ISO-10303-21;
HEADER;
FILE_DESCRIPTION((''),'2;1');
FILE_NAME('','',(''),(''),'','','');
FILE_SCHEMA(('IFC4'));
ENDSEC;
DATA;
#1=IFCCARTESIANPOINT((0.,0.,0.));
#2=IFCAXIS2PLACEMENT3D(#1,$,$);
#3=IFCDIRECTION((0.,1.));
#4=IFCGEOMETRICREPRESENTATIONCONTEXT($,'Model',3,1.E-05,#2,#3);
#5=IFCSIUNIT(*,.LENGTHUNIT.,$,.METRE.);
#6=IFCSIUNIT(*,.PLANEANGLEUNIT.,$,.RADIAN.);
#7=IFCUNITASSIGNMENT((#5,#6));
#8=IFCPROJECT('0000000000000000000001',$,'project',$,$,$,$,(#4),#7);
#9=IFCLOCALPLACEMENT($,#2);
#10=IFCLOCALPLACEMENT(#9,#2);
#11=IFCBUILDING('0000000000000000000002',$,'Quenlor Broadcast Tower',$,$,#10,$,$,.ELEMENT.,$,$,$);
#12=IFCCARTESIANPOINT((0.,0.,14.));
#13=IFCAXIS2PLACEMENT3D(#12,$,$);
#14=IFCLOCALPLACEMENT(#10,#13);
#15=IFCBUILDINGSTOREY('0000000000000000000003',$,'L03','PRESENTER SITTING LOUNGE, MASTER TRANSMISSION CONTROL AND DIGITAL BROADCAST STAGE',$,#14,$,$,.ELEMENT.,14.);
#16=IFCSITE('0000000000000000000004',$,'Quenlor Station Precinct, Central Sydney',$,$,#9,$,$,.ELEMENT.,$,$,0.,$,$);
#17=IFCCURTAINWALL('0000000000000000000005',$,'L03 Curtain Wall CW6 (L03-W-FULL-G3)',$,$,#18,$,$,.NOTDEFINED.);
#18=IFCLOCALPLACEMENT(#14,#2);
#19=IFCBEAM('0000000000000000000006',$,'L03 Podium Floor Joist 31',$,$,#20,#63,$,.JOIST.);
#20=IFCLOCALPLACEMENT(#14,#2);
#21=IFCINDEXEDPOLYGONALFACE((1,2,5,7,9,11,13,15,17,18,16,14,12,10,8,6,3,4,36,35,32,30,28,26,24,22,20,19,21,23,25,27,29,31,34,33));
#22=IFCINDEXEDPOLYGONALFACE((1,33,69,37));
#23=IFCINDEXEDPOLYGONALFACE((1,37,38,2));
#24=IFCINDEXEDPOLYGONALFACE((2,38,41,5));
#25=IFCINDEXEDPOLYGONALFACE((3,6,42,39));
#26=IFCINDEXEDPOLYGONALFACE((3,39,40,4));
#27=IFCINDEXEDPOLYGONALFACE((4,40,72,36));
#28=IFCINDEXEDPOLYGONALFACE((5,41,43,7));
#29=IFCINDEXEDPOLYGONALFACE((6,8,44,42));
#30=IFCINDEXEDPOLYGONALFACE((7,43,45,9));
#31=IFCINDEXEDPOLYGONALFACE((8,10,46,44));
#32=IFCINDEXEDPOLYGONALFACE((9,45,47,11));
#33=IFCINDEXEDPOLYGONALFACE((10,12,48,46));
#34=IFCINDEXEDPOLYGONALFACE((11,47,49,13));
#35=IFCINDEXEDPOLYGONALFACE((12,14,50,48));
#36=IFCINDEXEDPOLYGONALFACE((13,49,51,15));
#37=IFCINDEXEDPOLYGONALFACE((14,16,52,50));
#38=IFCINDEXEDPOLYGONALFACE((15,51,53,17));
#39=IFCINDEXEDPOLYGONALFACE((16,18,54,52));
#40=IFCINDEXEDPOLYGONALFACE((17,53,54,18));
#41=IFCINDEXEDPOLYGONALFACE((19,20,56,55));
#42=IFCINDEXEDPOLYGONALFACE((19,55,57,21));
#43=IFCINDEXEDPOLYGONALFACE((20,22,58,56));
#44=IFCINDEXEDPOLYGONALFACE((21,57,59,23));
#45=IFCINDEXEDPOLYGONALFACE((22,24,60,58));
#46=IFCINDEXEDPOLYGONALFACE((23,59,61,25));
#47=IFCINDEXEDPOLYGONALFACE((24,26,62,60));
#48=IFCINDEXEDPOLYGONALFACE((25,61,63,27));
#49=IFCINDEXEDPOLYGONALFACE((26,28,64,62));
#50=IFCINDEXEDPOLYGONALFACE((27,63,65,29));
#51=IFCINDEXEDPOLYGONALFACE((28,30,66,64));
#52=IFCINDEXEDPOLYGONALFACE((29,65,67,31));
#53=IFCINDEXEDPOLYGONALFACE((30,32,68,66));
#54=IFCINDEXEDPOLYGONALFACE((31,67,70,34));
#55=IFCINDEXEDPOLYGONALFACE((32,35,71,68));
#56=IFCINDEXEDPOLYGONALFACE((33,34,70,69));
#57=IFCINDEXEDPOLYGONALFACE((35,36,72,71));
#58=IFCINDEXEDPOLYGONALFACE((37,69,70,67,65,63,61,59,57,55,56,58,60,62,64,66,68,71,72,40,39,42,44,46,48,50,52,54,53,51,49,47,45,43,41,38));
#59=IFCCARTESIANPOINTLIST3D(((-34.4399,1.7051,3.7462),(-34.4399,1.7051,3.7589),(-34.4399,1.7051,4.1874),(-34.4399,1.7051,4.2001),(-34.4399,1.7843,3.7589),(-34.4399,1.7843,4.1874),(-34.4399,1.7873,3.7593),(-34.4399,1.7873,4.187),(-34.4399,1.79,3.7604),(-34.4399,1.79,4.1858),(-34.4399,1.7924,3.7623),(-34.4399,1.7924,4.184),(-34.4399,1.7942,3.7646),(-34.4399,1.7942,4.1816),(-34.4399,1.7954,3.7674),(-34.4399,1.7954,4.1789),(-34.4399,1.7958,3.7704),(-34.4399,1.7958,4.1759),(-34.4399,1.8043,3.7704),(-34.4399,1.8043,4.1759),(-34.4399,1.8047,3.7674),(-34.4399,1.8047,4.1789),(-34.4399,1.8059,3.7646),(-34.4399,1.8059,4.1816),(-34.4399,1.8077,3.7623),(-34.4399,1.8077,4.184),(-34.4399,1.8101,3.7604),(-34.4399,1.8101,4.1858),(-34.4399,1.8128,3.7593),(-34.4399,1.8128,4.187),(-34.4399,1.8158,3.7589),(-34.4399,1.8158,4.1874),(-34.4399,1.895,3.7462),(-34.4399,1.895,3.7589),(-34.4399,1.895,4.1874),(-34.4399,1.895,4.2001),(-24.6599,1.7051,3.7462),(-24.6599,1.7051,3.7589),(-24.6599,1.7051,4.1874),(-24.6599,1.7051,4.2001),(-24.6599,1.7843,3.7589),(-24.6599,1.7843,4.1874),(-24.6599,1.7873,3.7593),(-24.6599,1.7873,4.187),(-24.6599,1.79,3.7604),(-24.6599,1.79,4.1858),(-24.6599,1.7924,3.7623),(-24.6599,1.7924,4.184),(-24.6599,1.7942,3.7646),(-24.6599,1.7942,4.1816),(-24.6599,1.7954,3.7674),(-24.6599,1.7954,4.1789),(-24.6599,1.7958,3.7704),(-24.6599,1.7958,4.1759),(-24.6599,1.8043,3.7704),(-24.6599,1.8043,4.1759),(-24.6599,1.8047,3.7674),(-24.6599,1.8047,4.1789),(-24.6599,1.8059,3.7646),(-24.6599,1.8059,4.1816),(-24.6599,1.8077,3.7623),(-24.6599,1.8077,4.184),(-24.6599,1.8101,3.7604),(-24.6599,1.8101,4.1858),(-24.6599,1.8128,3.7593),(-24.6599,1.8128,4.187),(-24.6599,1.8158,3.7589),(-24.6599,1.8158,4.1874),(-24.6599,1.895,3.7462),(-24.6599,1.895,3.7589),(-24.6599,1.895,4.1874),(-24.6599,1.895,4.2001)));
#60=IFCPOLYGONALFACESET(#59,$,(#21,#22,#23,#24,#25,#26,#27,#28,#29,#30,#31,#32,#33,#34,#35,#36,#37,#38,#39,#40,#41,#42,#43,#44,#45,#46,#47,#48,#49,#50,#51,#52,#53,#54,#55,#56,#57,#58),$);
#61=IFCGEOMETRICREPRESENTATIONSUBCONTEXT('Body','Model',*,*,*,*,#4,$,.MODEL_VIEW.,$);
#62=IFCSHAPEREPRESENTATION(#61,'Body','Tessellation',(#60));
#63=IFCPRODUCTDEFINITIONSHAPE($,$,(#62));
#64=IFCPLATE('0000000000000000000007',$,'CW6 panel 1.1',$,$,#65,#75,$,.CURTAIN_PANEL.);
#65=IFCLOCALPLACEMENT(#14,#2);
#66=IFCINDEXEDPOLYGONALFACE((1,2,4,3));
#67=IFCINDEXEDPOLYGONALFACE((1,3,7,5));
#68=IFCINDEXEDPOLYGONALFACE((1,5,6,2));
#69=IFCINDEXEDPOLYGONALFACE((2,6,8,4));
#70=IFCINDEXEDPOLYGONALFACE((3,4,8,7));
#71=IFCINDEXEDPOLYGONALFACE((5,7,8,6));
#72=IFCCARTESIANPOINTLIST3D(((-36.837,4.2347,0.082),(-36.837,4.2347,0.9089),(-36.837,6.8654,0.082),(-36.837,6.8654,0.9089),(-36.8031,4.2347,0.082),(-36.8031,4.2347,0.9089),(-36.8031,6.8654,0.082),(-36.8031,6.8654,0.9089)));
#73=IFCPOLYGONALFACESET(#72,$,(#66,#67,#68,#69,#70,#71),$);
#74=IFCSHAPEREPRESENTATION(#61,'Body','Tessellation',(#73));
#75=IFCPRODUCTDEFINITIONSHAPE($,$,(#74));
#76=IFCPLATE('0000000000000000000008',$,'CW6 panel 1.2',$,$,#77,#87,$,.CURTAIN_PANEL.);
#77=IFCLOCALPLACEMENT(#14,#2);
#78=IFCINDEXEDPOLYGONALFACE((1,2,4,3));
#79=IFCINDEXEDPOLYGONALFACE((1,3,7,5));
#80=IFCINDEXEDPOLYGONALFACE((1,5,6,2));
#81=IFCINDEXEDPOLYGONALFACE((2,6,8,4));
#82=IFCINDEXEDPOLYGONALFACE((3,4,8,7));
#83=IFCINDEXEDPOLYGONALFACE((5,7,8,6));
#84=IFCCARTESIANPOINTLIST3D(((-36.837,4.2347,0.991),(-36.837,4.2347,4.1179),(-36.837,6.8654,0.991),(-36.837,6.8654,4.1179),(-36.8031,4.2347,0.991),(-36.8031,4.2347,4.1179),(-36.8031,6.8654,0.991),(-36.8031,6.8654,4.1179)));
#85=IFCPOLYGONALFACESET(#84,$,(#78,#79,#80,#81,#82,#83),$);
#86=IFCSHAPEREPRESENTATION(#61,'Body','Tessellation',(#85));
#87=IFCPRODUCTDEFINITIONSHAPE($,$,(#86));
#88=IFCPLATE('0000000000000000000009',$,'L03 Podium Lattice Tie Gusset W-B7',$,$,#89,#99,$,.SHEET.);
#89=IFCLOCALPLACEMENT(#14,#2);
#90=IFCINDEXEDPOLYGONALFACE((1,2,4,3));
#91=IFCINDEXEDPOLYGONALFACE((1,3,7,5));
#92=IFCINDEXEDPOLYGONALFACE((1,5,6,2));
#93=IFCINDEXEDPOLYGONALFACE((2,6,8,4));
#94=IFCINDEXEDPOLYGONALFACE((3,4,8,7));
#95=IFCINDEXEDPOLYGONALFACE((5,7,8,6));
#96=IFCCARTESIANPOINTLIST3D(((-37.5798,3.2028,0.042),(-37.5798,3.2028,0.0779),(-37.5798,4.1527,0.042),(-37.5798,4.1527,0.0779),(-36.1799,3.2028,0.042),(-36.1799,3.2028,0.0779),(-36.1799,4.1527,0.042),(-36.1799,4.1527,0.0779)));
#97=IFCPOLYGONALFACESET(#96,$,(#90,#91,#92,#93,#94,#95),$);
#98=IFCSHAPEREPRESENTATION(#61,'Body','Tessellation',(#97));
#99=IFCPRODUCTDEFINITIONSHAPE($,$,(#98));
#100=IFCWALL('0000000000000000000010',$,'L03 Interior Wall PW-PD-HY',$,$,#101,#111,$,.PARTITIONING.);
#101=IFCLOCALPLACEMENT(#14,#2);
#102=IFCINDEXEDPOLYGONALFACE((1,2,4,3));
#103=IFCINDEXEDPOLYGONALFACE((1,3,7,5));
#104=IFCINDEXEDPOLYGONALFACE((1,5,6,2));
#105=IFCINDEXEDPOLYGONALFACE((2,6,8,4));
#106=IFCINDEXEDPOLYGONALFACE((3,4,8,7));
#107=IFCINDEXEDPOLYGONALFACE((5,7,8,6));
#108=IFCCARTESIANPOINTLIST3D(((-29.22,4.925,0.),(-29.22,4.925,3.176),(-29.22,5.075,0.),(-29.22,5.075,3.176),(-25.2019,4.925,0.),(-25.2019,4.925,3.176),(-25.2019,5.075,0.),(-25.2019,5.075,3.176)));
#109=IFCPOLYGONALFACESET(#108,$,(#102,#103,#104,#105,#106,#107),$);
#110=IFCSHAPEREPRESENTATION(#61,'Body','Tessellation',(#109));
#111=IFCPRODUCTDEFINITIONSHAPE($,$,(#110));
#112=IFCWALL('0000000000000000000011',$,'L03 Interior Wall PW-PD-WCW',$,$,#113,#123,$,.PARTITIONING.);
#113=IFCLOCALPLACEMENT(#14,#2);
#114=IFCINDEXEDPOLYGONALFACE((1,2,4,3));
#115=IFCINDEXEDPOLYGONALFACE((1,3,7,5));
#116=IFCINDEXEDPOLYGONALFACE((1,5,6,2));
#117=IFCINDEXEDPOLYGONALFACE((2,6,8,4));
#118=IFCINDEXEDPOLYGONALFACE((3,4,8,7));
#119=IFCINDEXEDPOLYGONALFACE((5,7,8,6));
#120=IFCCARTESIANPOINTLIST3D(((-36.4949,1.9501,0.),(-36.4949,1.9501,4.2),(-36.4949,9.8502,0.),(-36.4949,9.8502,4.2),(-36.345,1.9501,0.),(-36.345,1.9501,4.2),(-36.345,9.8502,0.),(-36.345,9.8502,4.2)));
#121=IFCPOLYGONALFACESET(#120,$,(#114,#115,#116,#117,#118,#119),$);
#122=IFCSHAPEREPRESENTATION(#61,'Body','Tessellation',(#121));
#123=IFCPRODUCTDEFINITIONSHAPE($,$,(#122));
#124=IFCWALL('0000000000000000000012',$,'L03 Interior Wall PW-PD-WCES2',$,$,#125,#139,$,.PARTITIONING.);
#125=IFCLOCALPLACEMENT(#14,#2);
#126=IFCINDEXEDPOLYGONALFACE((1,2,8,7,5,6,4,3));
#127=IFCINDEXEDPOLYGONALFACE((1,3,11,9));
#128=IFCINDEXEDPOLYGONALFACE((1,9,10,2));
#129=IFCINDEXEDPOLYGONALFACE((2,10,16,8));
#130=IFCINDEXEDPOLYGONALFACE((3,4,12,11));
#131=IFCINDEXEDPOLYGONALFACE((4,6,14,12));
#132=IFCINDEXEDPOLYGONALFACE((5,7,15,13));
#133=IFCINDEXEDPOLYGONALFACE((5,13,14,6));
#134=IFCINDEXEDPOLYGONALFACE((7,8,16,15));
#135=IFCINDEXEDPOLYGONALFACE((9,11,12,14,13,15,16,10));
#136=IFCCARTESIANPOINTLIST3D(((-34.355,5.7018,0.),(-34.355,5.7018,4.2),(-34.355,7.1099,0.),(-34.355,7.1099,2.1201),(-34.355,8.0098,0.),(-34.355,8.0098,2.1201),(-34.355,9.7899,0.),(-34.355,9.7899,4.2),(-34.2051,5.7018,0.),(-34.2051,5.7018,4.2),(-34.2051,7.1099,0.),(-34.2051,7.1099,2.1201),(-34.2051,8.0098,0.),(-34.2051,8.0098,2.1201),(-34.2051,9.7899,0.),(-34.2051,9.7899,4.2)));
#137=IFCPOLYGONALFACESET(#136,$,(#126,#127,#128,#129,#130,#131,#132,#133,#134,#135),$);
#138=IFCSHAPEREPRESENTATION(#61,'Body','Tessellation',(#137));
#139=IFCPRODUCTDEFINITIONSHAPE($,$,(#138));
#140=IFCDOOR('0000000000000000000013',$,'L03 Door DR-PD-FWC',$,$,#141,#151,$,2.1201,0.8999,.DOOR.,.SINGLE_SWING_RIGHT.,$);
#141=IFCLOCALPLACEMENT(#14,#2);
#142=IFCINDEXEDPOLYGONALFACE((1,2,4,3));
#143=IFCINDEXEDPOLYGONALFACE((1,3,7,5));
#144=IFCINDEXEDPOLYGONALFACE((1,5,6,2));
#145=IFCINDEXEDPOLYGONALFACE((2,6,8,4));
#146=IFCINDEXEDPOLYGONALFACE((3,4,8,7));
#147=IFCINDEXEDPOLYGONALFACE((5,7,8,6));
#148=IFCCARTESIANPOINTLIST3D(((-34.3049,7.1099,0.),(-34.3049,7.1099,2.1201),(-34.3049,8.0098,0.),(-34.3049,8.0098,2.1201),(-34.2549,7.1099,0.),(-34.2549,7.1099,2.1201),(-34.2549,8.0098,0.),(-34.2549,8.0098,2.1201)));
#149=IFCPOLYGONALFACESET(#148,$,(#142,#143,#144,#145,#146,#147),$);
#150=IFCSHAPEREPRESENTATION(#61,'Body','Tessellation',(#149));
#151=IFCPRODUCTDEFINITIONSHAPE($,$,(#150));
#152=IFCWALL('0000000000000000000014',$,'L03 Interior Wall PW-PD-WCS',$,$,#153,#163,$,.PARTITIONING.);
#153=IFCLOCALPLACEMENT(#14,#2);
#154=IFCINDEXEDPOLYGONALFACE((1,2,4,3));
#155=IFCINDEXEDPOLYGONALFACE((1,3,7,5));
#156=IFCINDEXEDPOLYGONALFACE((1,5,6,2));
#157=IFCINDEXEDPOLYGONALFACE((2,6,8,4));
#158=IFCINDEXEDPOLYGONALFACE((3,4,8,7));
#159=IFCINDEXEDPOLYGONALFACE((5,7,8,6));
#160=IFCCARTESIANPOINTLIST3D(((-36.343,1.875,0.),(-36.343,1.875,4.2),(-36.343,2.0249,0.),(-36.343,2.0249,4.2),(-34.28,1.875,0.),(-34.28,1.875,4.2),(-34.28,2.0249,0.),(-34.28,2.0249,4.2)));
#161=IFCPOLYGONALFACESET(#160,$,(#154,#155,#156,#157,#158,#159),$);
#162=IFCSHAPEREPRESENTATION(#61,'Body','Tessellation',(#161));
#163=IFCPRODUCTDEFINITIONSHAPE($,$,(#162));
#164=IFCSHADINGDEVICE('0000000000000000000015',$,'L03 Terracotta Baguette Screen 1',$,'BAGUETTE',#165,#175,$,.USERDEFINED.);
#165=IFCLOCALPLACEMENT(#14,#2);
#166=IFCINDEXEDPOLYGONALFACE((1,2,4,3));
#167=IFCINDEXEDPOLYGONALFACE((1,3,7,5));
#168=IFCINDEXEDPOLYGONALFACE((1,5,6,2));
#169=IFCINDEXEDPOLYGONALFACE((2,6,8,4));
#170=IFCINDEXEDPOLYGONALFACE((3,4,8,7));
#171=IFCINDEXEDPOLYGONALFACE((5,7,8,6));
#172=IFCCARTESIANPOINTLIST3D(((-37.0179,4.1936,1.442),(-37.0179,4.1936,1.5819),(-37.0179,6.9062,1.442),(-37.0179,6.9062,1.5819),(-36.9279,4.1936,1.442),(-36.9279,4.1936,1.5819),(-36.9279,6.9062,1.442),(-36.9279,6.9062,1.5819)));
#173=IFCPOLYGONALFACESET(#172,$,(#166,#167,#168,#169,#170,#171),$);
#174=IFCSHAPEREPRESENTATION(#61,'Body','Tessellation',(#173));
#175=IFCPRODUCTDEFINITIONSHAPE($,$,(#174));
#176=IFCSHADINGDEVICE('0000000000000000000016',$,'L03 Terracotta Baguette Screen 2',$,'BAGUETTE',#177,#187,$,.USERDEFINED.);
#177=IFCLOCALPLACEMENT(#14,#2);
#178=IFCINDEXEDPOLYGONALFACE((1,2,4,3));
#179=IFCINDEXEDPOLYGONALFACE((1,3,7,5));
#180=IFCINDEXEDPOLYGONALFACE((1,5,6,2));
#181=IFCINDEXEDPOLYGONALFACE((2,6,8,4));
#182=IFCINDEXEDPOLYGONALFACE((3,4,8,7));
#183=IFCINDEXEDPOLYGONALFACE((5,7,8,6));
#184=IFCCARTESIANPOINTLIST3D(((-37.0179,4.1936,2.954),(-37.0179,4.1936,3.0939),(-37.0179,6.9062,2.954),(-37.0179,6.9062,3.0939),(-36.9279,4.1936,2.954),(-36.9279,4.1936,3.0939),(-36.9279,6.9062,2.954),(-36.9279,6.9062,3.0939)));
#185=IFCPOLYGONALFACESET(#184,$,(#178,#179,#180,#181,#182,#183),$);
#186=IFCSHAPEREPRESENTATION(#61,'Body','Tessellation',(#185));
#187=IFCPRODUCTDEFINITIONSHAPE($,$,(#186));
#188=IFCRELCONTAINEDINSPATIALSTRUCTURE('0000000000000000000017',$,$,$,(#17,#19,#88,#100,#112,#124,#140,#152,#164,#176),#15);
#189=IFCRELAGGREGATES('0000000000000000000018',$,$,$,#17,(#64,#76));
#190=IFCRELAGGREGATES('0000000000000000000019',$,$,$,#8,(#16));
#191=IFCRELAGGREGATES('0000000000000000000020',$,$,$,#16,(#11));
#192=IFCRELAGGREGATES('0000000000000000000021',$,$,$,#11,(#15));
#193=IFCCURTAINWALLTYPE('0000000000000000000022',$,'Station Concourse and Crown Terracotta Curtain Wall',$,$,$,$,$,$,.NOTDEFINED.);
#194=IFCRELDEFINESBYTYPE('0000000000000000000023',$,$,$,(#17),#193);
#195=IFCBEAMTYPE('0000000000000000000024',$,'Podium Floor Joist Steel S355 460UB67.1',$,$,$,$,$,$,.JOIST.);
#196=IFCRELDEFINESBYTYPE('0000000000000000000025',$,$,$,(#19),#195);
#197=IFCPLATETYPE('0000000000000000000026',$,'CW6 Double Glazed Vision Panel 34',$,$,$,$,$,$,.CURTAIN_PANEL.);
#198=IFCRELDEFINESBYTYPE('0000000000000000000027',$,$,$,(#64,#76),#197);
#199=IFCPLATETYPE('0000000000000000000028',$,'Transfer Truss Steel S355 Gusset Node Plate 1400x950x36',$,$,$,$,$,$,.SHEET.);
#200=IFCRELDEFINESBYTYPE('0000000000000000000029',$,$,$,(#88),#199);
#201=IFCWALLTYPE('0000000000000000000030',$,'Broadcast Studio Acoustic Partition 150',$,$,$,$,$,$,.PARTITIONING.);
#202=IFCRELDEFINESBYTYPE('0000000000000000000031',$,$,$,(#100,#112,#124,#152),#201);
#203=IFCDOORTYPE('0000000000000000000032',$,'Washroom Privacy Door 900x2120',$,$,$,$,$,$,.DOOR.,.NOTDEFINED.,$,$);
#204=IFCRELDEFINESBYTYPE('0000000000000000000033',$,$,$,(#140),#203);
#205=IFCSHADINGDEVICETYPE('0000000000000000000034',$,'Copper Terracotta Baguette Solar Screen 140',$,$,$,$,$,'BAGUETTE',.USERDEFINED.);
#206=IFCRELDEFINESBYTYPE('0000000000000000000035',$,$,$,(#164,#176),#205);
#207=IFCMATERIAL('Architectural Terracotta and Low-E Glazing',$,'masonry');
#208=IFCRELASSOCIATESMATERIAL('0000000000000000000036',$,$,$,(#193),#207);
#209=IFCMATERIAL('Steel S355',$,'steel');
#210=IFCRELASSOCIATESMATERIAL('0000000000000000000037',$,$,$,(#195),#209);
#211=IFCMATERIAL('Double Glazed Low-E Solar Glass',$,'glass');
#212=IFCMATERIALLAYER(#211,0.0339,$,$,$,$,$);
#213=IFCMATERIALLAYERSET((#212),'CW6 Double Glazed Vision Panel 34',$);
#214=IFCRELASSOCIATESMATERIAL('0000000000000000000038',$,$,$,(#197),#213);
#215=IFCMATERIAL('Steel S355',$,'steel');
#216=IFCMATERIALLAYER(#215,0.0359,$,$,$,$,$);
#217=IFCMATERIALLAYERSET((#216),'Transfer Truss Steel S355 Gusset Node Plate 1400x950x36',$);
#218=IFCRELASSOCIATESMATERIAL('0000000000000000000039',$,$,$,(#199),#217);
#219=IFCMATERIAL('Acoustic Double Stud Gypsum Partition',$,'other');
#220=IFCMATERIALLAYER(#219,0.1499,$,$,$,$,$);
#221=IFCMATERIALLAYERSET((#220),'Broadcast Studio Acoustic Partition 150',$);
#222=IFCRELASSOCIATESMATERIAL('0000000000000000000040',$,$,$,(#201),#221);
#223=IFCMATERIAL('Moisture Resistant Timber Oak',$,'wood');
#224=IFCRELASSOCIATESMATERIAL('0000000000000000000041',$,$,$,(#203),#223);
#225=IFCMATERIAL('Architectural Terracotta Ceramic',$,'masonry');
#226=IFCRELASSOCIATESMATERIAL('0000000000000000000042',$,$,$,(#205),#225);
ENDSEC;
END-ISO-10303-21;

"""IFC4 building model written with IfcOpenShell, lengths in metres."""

from ifc_helpers import new_model, si_unit, direction, frame, frame_2d, origin, origin_2d, place, context, subcontext, project, spatial, rectangle, i_section, extrude, material, layer, layer_set, material_profile, profile_set, type_object, element, fill, aggregate, save


model = new_model("IFC4")

# Units and contexts
model_context = context("Model", 3, precision=1e-05, world=origin(), true_north=direction((0.0, 1.0)))
body_context = subcontext(model_context, "Body", "Model", "MODEL_VIEW")
ifc_project = project(units=[si_unit("LENGTHUNIT", "METRE"), si_unit("PLANEANGLEUNIT", "RADIAN")], contexts=[model_context])

# Site, building, storey
site_placement = place(None, origin())
site = spatial("IfcSite", under=ifc_project, at=site_placement, Name="Quenlor Station Precinct, Central Sydney", CompositionType="ELEMENT", RefElevation=0.0)
building_placement = place(site_placement, origin())
building = spatial("IfcBuilding", under=site, at=building_placement, Name="Quenlor Broadcast Tower", CompositionType="ELEMENT")
storey_placement = place(building_placement, frame((0.0, 0.0, 14.0)))
storey = spatial("IfcBuildingStorey", under=building, at=storey_placement, Name="L03", Description="PRESENTER SITTING LOUNGE, MASTER TRANSMISSION CONTROL AND DIGITAL BROADCAST STAGE", CompositionType="ELEMENT", Elevation=14.0)

# Curtain wall
ifc_material_1 = material(Name="Architectural Terracotta and Low-E Glazing", Category="masonry")
curtain_wall_type = type_object("IfcCurtainWallType", Name="Station Concourse and Crown Terracotta Curtain Wall", PredefinedType="NOTDEFINED", material=ifc_material_1)
curtain_wall_placement = place(storey_placement, origin())
curtain_wall = element("IfcCurtainWall", 1, at=curtain_wall_placement, inside=storey, type_object=curtain_wall_type, Name="L03 Curtain Wall CW6 (L03-W-FULL-G3)", PredefinedType="NOTDEFINED")

# Beam
ifc_material_2 = material(Name="Steel S355", Category="steel")
ifc_material_profile_1 = material_profile(ifc_material_2, i_section(OverallWidth=0.1899, OverallDepth=0.4539, WebThickness=0.0085, FlangeThickness=0.0127, FilletRadius=0.0115, at=origin_2d()))
ifc_profile_set_1 = profile_set([ifc_material_profile_1], Name="Steel S355 460UB67.1")
beam_type_1 = type_object("IfcBeamType", Name="Podium Floor Joist Steel S355 460UB67.1", PredefinedType="JOIST", material=ifc_profile_set_1)
beam_1_placement = place(storey_placement, frame((-34.4399, 1.8, 3.9731), z_axis=(1.0, 0.0, 0.0), x_axis=(0.0, 1.0, 0.0)))
element("IfcBeam", 2, at=beam_1_placement, inside=storey, type_object=beam_type_1, Name="L03 Podium Floor Joist 31", PredefinedType="JOIST", context=body_context, shape_type="SweptSolid", body=[
    extrude(i_section(OverallWidth=0.1899, OverallDepth=0.4539, WebThickness=0.0085, FlangeThickness=0.0127, FilletRadius=0.0115, at=origin_2d()), origin(), (0.0, 0.0, 1.0), 9.78),
])

# Plates
ifc_material_3 = material(Name="Double Glazed Low-E Solar Glass", Category="glass")
ifc_layer_1 = layer(ifc_material_3, 0.0339)
ifc_layer_set_1 = layer_set([ifc_layer_1], Name="CW6 Double Glazed Vision Panel 34")
plate_type_1 = type_object("IfcPlateType", Name="CW6 Double Glazed Vision Panel 34", PredefinedType="CURTAIN_PANEL", material=ifc_layer_set_1)
plate_1_placement = place(storey_placement, frame((-36.8201, 5.55, 0.082), z_axis=(0.0, 0.0, 1.0), x_axis=(0.0, 1.0, 0.0)))
plate_1 = element("IfcPlate", 3, at=plate_1_placement, type_object=plate_type_1, Name="CW6 panel 1.1", PredefinedType="CURTAIN_PANEL", context=body_context, shape_type="SweptSolid", body=[
    extrude(rectangle(XDim=2.6306, YDim=0.0339, at=origin_2d()), origin(), (0.0, 0.0, 1.0), 0.8269),
])
plate_2_placement = place(storey_placement, frame((-36.8201, 5.55, 0.991), z_axis=(0.0, 0.0, 1.0), x_axis=(0.0, 1.0, 0.0)))
plate_2 = element("IfcPlate", 4, at=plate_2_placement, type_object=plate_type_1, Name="CW6 panel 1.2", PredefinedType="CURTAIN_PANEL", context=body_context, shape_type="SweptSolid", body=[
    extrude(rectangle(XDim=2.6306, YDim=0.0339, at=origin_2d()), origin(), (0.0, 0.0, 1.0), 3.127),
])
aggregate(curtain_wall, [plate_1, plate_2])
ifc_material_4 = material(Name="Steel S355", Category="steel")
ifc_layer_2 = layer(ifc_material_4, 0.0359)
ifc_layer_set_2 = layer_set([ifc_layer_2], Name="Transfer Truss Steel S355 Gusset Node Plate 1400x950x36")
plate_type_2 = type_object("IfcPlateType", Name="Transfer Truss Steel S355 Gusset Node Plate 1400x950x36", PredefinedType="SHEET", material=ifc_layer_set_2)
plate_3_placement = place(storey_placement, frame((-36.8799, 3.6777, 0.042), z_axis=(0.0, 0.0, 1.0), x_axis=(-1.0, 0.0, 0.0)))
element("IfcPlate", 5, at=plate_3_placement, inside=storey, type_object=plate_type_2, Name="L03 Podium Lattice Tie Gusset W-B7", PredefinedType="SHEET", context=body_context, shape_type="SweptSolid", body=[
    extrude(rectangle(XDim=1.3999, YDim=0.95, at=origin_2d()), origin(), (0.0, 0.0, 1.0), 0.0359),
])

# Walls
ifc_material_5 = material(Name="Acoustic Double Stud Gypsum Partition", Category="other")
ifc_layer_3 = layer(ifc_material_5, 0.1499)
ifc_layer_set_3 = layer_set([ifc_layer_3], Name="Broadcast Studio Acoustic Partition 150")
wall_type = type_object("IfcWallType", Name="Broadcast Studio Acoustic Partition 150", PredefinedType="PARTITIONING", material=ifc_layer_set_3)
wall_1_placement = place(storey_placement, frame((-29.22, 5.0, 0.0), z_axis=(0.0, 0.0, 1.0), x_axis=(1.0, 0.0, 0.0)))
element("IfcWall", 6, at=wall_1_placement, inside=storey, type_object=wall_type, Name="L03 Interior Wall PW-PD-HY", PredefinedType="PARTITIONING", context=body_context, shape_type="SweptSolid", body=[
    extrude(rectangle(XDim=4.0181, YDim=0.1499, at=frame_2d((2.009, 0.0))), origin(), (0.0, 0.0, 1.0), 3.176),
])
wall_2_placement = place(storey_placement, frame((-36.4199, 1.95, 0.0), z_axis=(0.0, 0.0, 1.0), x_axis=(0.0, 1.0, 0.0)))
element("IfcWall", 7, at=wall_2_placement, inside=storey, type_object=wall_type, Name="L03 Interior Wall PW-PD-WCW", PredefinedType="PARTITIONING", context=body_context, shape_type="SweptSolid", body=[
    extrude(rectangle(XDim=7.9001, YDim=0.1499, at=frame_2d((3.9502, 0.0))), origin(), (0.0, 0.0, 1.0), 4.2),
])

# Wall, opening, door
ifc_material_6 = material(Name="Moisture Resistant Timber Oak", Category="wood")
door_type = type_object("IfcDoorType", Name="Washroom Privacy Door 900x2120", OperationType="NOTDEFINED", PredefinedType="DOOR", material=ifc_material_6)
wall_3_placement = place(storey_placement, frame((-34.28, 5.7019, 0.0), z_axis=(0.0, 0.0, 1.0), x_axis=(0.0, 1.0, 0.0)))
wall_3 = element("IfcWall", 8, at=wall_3_placement, inside=storey, type_object=wall_type, Name="L03 Interior Wall PW-PD-WCES2", PredefinedType="PARTITIONING", context=body_context, shape_type="SweptSolid", body=[
    extrude(rectangle(XDim=4.0881, YDim=0.1499, at=frame_2d((2.0439, 0.0))), origin(), (0.0, 0.0, 1.0), 4.2),
])
opening_1_placement = place(wall_3_placement, frame((1.408, 0.0, 0.0)))
opening_1 = element("IfcOpeningElement", 9, at=opening_1_placement, cuts=wall_3, PredefinedType="OPENING", context=body_context, shape_type="SweptSolid", body=[
    extrude(rectangle(XDim=0.8999, YDim=2.1201, at=frame_2d((0.45, 1.0601))), frame((0.0, 0.085, 0.0), z_axis=(0.0, -1.0, 0.0), x_axis=(1.0, 0.0, 0.0)), (0.0, 0.0, 1.0), 0.1699),
])
door_1_placement = place(opening_1_placement, origin())
door_1 = element("IfcDoor", 10, at=door_1_placement, inside=storey, type_object=door_type, Name="L03 Door DR-PD-FWC", OperationType="SINGLE_SWING_RIGHT", OverallHeight=2.1201, OverallWidth=0.8999, PredefinedType="DOOR", context=body_context, shape_type="SweptSolid", body=[
    extrude(rectangle(XDim=0.8999, YDim=2.1201, at=frame_2d((0.45, 1.0601))), frame((0.0, 0.0249, 0.0), z_axis=(0.0, -1.0, 0.0), x_axis=(1.0, 0.0, 0.0)), (0.0, 0.0, 1.0), 0.05),
])
fill(opening_1, door_1)

# Wall
wall_4_placement = place(storey_placement, frame((-36.343, 1.95, 0.0), z_axis=(0.0, 0.0, 1.0), x_axis=(1.0, 0.0, 0.0)))
element("IfcWall", 11, at=wall_4_placement, inside=storey, type_object=wall_type, Name="L03 Interior Wall PW-PD-WCS", PredefinedType="PARTITIONING", context=body_context, shape_type="SweptSolid", body=[
    extrude(rectangle(XDim=2.063, YDim=0.1499, at=frame_2d((1.0315, 0.0))), origin(), (0.0, 0.0, 1.0), 4.2),
])

# Shading devices
ifc_material_7 = material(Name="Architectural Terracotta Ceramic", Category="masonry")
ifc_material_profile_2 = material_profile(ifc_material_7, rectangle(XDim=0.0901, YDim=0.1399, at=origin_2d()))
ifc_profile_set_2 = profile_set([ifc_material_profile_2], Name="Architectural Terracotta Ceramic BAG90x140")
shading_device_type = type_object("IfcShadingDeviceType", Name="Copper Terracotta Baguette Solar Screen 140", ElementType="BAGUETTE", PredefinedType="USERDEFINED", material=ifc_profile_set_2)
for number, where, z_axis, x_axis, name in (
    (12, (-36.9729, 4.1936, 1.512), (0.0, 1.0, 0.0), (-1.0, 0.0, 0.0), "L03 Terracotta Baguette Screen 1"),
    (13, (-36.9729, 4.1936, 3.0239), (0.0, 1.0, 0.0), (-1.0, 0.0, 0.0), "L03 Terracotta Baguette Screen 2"),
):
    element("IfcShadingDevice", number, at=place(storey_placement, frame(where, z_axis=z_axis, x_axis=x_axis)), inside=storey, type_object=shading_device_type, Name=name, ObjectType="BAGUETTE", PredefinedType="USERDEFINED", context=body_context, shape_type="SweptSolid", body=[
        extrude(rectangle(XDim=0.0901, YDim=0.1399, at=origin_2d()), origin(), (0.0, 0.0, 1.0), 2.7126),
    ])

save(model, "model.ifc")
